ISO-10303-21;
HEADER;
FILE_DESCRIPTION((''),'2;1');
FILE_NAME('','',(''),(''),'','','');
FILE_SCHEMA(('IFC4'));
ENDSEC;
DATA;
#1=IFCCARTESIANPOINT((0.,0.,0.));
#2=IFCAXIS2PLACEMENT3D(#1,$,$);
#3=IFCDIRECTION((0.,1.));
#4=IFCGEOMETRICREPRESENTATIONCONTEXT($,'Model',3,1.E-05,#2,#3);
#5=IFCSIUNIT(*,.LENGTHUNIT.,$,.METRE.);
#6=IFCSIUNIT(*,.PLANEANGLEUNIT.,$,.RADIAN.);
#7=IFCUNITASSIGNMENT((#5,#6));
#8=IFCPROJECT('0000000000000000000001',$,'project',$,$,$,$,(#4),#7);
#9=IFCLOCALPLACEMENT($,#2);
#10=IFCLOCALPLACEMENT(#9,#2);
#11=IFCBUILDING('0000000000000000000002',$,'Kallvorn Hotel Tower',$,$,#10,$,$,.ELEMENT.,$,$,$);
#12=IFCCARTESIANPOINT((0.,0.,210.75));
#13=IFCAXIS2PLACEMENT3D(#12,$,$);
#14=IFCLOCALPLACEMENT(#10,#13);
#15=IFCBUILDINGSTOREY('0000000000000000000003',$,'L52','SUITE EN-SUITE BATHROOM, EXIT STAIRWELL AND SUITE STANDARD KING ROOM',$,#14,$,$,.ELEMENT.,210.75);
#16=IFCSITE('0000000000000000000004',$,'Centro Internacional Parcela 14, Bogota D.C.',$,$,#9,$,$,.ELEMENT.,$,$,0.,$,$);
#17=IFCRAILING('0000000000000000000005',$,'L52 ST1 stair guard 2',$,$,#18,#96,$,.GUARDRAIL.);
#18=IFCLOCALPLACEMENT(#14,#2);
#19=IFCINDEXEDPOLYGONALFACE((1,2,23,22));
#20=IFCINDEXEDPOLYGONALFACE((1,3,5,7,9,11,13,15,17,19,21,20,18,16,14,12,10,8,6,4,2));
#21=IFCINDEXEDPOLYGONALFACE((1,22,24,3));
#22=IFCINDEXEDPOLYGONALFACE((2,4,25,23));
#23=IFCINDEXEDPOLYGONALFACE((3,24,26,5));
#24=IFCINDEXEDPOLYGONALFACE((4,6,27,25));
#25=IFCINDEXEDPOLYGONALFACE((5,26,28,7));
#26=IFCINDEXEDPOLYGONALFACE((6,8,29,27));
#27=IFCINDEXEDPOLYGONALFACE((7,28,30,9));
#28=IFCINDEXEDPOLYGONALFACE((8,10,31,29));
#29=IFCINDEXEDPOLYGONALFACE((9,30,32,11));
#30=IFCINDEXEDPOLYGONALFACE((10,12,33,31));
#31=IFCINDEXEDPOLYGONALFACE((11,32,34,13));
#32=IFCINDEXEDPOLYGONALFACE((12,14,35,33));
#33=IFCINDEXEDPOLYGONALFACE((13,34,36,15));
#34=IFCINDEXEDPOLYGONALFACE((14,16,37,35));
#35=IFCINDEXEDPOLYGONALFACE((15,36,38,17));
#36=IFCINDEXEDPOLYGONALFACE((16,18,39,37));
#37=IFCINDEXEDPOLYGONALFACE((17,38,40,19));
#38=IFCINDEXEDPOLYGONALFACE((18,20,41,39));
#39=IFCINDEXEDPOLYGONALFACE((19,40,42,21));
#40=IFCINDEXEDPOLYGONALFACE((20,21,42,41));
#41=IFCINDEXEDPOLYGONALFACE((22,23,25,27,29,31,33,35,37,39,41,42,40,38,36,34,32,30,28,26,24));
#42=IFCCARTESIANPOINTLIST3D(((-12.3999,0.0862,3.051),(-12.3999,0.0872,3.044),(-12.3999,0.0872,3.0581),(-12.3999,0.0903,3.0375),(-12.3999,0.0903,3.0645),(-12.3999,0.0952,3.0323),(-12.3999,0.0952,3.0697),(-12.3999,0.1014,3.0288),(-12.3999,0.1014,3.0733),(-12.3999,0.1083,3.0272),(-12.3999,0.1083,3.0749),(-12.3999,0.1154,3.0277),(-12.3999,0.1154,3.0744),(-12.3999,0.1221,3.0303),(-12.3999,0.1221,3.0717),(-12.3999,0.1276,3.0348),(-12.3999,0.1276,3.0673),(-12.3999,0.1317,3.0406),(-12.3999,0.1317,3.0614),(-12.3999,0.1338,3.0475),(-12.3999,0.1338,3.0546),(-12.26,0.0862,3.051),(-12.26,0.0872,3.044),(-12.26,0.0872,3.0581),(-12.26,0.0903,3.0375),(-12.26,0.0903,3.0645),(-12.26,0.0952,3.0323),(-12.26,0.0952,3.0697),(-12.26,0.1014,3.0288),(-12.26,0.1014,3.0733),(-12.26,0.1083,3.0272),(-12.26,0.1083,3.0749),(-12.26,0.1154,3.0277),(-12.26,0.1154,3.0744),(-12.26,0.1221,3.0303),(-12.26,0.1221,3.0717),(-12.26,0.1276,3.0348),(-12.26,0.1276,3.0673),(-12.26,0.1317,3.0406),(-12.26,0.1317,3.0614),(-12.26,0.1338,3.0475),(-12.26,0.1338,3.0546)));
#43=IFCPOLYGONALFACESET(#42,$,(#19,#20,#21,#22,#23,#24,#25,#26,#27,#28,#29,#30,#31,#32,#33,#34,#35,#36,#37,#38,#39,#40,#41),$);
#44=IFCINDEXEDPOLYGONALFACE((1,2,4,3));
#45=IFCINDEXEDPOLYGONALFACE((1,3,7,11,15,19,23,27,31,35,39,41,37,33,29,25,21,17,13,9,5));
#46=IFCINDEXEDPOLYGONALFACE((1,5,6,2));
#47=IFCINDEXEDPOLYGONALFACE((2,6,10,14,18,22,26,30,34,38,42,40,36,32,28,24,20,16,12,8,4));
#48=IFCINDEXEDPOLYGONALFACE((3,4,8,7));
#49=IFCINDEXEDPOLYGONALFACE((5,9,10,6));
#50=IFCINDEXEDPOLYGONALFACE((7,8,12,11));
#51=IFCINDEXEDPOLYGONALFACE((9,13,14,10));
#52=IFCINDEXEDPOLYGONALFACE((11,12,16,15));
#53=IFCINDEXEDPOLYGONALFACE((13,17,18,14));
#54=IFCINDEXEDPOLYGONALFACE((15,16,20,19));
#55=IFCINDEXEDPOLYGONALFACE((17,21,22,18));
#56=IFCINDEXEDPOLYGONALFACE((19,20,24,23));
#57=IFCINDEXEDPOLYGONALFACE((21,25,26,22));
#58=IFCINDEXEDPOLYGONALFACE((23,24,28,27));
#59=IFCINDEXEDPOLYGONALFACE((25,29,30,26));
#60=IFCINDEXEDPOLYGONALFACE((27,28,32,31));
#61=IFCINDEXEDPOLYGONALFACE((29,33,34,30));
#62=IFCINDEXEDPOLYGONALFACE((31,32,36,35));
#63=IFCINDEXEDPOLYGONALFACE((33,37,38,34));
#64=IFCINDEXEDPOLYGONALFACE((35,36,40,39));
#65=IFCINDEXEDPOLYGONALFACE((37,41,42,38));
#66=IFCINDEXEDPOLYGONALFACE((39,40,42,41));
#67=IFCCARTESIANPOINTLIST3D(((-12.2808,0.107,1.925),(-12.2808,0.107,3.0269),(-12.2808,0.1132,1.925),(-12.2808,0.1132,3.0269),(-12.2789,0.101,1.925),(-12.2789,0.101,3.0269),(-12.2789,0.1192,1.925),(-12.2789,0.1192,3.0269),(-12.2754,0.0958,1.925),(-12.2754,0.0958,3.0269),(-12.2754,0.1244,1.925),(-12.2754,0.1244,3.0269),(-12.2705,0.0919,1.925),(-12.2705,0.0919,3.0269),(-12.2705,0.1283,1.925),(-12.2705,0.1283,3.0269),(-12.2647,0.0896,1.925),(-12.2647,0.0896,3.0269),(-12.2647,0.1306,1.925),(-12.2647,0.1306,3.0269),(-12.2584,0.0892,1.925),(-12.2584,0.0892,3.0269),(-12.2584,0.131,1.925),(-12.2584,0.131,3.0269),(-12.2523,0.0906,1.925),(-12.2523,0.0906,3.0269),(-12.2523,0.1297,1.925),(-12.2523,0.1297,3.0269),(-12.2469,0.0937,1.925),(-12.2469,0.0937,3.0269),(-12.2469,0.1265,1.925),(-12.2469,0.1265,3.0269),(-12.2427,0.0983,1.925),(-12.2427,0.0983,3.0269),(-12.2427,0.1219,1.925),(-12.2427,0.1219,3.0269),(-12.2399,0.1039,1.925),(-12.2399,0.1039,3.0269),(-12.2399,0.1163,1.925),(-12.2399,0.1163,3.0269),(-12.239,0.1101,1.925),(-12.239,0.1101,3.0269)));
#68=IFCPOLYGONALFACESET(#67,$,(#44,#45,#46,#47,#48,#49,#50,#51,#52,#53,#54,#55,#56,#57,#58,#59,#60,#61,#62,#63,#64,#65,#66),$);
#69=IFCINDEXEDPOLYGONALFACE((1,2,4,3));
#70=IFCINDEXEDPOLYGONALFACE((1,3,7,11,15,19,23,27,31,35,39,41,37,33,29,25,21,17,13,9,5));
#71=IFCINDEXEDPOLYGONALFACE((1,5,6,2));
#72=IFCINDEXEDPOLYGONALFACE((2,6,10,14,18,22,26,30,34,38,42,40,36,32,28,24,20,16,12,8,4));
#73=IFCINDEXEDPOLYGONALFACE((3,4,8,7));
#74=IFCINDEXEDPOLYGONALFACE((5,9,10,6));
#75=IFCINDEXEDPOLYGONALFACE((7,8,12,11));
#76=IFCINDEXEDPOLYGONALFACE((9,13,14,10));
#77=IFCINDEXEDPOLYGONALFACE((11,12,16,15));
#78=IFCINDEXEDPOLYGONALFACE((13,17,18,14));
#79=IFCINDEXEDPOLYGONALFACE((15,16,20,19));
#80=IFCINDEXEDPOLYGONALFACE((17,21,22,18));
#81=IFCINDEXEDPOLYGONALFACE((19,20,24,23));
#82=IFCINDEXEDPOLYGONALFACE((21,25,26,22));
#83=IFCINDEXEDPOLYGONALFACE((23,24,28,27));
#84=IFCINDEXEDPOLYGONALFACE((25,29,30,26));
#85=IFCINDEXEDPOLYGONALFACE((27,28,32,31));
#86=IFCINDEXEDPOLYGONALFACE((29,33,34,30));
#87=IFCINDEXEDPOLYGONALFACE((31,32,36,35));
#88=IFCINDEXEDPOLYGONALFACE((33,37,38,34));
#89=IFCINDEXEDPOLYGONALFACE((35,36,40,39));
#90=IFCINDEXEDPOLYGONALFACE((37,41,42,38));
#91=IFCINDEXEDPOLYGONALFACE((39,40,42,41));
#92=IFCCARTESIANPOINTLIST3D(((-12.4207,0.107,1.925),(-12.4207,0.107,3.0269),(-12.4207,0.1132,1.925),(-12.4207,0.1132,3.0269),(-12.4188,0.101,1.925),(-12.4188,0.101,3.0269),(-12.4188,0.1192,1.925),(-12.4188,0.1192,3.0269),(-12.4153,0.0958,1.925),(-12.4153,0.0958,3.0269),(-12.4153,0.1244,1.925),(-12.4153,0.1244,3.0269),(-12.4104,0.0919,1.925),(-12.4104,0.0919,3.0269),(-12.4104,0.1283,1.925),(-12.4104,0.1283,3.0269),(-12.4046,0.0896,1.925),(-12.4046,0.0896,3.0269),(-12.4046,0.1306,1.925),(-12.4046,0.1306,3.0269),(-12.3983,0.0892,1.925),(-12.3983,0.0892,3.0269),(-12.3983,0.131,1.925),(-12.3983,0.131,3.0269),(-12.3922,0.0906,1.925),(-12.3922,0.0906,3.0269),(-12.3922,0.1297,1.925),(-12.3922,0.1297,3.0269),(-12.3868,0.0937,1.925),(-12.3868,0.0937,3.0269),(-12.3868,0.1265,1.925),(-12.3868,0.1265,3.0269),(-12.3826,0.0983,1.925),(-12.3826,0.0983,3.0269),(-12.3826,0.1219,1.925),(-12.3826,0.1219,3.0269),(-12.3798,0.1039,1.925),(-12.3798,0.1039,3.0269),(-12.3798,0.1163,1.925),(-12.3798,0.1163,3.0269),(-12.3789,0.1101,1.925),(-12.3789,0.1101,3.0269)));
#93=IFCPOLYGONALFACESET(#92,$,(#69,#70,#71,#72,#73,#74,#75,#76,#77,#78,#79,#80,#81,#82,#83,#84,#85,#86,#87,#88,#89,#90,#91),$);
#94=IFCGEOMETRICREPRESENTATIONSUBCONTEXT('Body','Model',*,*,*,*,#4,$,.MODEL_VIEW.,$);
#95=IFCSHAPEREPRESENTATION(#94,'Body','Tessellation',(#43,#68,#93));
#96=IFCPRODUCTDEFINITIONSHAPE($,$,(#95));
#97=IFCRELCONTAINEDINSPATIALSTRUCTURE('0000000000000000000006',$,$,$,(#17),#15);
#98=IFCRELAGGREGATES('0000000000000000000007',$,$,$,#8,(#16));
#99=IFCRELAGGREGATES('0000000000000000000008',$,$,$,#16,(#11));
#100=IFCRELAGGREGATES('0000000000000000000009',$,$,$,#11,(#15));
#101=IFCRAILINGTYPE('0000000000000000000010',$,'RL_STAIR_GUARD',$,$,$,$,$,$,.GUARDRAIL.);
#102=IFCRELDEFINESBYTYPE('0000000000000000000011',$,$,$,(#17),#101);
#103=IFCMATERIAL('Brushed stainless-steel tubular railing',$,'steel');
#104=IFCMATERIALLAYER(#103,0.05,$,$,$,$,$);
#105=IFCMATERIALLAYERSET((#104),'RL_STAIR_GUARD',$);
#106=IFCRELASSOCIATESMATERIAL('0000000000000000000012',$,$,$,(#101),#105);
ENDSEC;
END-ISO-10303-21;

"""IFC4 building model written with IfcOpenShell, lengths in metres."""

from ifc_helpers import new_model, si_unit, direction, frame, origin, origin_2d, place, context, subcontext, project, spatial, circle, extrude, material, layer, layer_set, type_object, element, save


model = new_model("IFC4")

# Units and contexts
model_context = context("Model", 3, precision=1e-05, world=origin(), true_north=direction((0.0, 1.0)))
body_context = subcontext(model_context, "Body", "Model", "MODEL_VIEW")
ifc_project = project(units=[si_unit("LENGTHUNIT", "METRE"), si_unit("PLANEANGLEUNIT", "RADIAN")], contexts=[model_context])

# Site, building, storey
site_placement = place(None, origin())
site = spatial("IfcSite", under=ifc_project, at=site_placement, Name="Centro Internacional Parcela 14, Bogota D.C.", CompositionType="ELEMENT", RefElevation=0.0)
building_placement = place(site_placement, origin())
building = spatial("IfcBuilding", under=site, at=building_placement, Name="Kallvorn Hotel Tower", CompositionType="ELEMENT")
storey_placement = place(building_placement, frame((0.0, 0.0, 210.75)))
storey = spatial("IfcBuildingStorey", under=building, at=storey_placement, Name="L52", Description="SUITE EN-SUITE BATHROOM, EXIT STAIRWELL AND SUITE STANDARD KING ROOM", CompositionType="ELEMENT", Elevation=210.75)

# Railing
ifc_material_1 = material(Name="Brushed stainless-steel tubular railing", Category="steel")
ifc_layer_1 = layer(ifc_material_1, 0.05)
ifc_layer_set_1 = layer_set([ifc_layer_1], Name="RL_STAIR_GUARD")
railing_type_1 = type_object("IfcRailingType", Name="RL_STAIR_GUARD", PredefinedType="GUARDRAIL", material=ifc_layer_set_1)
railing_1_placement = place(storey_placement, frame((-12.26, 0.1101, 1.925)))
element("IfcRailing", 1, at=railing_1_placement, inside=storey, type_object=railing_type_1, Name="L52 ST1 stair guard 2", PredefinedType="GUARDRAIL", context=body_context, shape_type="SweptSolid", body=[
    extrude(circle(Radius=0.0239, at=origin_2d()), frame((0.0, 0.0, 1.126), z_axis=(-1.0, 0.0, 0.0), x_axis=(0.0, -1.0, 0.0)), (0.0, 0.0, 1.0), 0.1399),
    extrude(circle(Radius=0.021, at=origin_2d()), origin(), (0.0, 0.0, 1.0), 1.1018),
    extrude(circle(Radius=0.021, at=origin_2d()), frame((-0.1399, 0.0, 0.0)), (0.0, 0.0, 1.0), 1.1018),
])

save(model, "model.ifc")
